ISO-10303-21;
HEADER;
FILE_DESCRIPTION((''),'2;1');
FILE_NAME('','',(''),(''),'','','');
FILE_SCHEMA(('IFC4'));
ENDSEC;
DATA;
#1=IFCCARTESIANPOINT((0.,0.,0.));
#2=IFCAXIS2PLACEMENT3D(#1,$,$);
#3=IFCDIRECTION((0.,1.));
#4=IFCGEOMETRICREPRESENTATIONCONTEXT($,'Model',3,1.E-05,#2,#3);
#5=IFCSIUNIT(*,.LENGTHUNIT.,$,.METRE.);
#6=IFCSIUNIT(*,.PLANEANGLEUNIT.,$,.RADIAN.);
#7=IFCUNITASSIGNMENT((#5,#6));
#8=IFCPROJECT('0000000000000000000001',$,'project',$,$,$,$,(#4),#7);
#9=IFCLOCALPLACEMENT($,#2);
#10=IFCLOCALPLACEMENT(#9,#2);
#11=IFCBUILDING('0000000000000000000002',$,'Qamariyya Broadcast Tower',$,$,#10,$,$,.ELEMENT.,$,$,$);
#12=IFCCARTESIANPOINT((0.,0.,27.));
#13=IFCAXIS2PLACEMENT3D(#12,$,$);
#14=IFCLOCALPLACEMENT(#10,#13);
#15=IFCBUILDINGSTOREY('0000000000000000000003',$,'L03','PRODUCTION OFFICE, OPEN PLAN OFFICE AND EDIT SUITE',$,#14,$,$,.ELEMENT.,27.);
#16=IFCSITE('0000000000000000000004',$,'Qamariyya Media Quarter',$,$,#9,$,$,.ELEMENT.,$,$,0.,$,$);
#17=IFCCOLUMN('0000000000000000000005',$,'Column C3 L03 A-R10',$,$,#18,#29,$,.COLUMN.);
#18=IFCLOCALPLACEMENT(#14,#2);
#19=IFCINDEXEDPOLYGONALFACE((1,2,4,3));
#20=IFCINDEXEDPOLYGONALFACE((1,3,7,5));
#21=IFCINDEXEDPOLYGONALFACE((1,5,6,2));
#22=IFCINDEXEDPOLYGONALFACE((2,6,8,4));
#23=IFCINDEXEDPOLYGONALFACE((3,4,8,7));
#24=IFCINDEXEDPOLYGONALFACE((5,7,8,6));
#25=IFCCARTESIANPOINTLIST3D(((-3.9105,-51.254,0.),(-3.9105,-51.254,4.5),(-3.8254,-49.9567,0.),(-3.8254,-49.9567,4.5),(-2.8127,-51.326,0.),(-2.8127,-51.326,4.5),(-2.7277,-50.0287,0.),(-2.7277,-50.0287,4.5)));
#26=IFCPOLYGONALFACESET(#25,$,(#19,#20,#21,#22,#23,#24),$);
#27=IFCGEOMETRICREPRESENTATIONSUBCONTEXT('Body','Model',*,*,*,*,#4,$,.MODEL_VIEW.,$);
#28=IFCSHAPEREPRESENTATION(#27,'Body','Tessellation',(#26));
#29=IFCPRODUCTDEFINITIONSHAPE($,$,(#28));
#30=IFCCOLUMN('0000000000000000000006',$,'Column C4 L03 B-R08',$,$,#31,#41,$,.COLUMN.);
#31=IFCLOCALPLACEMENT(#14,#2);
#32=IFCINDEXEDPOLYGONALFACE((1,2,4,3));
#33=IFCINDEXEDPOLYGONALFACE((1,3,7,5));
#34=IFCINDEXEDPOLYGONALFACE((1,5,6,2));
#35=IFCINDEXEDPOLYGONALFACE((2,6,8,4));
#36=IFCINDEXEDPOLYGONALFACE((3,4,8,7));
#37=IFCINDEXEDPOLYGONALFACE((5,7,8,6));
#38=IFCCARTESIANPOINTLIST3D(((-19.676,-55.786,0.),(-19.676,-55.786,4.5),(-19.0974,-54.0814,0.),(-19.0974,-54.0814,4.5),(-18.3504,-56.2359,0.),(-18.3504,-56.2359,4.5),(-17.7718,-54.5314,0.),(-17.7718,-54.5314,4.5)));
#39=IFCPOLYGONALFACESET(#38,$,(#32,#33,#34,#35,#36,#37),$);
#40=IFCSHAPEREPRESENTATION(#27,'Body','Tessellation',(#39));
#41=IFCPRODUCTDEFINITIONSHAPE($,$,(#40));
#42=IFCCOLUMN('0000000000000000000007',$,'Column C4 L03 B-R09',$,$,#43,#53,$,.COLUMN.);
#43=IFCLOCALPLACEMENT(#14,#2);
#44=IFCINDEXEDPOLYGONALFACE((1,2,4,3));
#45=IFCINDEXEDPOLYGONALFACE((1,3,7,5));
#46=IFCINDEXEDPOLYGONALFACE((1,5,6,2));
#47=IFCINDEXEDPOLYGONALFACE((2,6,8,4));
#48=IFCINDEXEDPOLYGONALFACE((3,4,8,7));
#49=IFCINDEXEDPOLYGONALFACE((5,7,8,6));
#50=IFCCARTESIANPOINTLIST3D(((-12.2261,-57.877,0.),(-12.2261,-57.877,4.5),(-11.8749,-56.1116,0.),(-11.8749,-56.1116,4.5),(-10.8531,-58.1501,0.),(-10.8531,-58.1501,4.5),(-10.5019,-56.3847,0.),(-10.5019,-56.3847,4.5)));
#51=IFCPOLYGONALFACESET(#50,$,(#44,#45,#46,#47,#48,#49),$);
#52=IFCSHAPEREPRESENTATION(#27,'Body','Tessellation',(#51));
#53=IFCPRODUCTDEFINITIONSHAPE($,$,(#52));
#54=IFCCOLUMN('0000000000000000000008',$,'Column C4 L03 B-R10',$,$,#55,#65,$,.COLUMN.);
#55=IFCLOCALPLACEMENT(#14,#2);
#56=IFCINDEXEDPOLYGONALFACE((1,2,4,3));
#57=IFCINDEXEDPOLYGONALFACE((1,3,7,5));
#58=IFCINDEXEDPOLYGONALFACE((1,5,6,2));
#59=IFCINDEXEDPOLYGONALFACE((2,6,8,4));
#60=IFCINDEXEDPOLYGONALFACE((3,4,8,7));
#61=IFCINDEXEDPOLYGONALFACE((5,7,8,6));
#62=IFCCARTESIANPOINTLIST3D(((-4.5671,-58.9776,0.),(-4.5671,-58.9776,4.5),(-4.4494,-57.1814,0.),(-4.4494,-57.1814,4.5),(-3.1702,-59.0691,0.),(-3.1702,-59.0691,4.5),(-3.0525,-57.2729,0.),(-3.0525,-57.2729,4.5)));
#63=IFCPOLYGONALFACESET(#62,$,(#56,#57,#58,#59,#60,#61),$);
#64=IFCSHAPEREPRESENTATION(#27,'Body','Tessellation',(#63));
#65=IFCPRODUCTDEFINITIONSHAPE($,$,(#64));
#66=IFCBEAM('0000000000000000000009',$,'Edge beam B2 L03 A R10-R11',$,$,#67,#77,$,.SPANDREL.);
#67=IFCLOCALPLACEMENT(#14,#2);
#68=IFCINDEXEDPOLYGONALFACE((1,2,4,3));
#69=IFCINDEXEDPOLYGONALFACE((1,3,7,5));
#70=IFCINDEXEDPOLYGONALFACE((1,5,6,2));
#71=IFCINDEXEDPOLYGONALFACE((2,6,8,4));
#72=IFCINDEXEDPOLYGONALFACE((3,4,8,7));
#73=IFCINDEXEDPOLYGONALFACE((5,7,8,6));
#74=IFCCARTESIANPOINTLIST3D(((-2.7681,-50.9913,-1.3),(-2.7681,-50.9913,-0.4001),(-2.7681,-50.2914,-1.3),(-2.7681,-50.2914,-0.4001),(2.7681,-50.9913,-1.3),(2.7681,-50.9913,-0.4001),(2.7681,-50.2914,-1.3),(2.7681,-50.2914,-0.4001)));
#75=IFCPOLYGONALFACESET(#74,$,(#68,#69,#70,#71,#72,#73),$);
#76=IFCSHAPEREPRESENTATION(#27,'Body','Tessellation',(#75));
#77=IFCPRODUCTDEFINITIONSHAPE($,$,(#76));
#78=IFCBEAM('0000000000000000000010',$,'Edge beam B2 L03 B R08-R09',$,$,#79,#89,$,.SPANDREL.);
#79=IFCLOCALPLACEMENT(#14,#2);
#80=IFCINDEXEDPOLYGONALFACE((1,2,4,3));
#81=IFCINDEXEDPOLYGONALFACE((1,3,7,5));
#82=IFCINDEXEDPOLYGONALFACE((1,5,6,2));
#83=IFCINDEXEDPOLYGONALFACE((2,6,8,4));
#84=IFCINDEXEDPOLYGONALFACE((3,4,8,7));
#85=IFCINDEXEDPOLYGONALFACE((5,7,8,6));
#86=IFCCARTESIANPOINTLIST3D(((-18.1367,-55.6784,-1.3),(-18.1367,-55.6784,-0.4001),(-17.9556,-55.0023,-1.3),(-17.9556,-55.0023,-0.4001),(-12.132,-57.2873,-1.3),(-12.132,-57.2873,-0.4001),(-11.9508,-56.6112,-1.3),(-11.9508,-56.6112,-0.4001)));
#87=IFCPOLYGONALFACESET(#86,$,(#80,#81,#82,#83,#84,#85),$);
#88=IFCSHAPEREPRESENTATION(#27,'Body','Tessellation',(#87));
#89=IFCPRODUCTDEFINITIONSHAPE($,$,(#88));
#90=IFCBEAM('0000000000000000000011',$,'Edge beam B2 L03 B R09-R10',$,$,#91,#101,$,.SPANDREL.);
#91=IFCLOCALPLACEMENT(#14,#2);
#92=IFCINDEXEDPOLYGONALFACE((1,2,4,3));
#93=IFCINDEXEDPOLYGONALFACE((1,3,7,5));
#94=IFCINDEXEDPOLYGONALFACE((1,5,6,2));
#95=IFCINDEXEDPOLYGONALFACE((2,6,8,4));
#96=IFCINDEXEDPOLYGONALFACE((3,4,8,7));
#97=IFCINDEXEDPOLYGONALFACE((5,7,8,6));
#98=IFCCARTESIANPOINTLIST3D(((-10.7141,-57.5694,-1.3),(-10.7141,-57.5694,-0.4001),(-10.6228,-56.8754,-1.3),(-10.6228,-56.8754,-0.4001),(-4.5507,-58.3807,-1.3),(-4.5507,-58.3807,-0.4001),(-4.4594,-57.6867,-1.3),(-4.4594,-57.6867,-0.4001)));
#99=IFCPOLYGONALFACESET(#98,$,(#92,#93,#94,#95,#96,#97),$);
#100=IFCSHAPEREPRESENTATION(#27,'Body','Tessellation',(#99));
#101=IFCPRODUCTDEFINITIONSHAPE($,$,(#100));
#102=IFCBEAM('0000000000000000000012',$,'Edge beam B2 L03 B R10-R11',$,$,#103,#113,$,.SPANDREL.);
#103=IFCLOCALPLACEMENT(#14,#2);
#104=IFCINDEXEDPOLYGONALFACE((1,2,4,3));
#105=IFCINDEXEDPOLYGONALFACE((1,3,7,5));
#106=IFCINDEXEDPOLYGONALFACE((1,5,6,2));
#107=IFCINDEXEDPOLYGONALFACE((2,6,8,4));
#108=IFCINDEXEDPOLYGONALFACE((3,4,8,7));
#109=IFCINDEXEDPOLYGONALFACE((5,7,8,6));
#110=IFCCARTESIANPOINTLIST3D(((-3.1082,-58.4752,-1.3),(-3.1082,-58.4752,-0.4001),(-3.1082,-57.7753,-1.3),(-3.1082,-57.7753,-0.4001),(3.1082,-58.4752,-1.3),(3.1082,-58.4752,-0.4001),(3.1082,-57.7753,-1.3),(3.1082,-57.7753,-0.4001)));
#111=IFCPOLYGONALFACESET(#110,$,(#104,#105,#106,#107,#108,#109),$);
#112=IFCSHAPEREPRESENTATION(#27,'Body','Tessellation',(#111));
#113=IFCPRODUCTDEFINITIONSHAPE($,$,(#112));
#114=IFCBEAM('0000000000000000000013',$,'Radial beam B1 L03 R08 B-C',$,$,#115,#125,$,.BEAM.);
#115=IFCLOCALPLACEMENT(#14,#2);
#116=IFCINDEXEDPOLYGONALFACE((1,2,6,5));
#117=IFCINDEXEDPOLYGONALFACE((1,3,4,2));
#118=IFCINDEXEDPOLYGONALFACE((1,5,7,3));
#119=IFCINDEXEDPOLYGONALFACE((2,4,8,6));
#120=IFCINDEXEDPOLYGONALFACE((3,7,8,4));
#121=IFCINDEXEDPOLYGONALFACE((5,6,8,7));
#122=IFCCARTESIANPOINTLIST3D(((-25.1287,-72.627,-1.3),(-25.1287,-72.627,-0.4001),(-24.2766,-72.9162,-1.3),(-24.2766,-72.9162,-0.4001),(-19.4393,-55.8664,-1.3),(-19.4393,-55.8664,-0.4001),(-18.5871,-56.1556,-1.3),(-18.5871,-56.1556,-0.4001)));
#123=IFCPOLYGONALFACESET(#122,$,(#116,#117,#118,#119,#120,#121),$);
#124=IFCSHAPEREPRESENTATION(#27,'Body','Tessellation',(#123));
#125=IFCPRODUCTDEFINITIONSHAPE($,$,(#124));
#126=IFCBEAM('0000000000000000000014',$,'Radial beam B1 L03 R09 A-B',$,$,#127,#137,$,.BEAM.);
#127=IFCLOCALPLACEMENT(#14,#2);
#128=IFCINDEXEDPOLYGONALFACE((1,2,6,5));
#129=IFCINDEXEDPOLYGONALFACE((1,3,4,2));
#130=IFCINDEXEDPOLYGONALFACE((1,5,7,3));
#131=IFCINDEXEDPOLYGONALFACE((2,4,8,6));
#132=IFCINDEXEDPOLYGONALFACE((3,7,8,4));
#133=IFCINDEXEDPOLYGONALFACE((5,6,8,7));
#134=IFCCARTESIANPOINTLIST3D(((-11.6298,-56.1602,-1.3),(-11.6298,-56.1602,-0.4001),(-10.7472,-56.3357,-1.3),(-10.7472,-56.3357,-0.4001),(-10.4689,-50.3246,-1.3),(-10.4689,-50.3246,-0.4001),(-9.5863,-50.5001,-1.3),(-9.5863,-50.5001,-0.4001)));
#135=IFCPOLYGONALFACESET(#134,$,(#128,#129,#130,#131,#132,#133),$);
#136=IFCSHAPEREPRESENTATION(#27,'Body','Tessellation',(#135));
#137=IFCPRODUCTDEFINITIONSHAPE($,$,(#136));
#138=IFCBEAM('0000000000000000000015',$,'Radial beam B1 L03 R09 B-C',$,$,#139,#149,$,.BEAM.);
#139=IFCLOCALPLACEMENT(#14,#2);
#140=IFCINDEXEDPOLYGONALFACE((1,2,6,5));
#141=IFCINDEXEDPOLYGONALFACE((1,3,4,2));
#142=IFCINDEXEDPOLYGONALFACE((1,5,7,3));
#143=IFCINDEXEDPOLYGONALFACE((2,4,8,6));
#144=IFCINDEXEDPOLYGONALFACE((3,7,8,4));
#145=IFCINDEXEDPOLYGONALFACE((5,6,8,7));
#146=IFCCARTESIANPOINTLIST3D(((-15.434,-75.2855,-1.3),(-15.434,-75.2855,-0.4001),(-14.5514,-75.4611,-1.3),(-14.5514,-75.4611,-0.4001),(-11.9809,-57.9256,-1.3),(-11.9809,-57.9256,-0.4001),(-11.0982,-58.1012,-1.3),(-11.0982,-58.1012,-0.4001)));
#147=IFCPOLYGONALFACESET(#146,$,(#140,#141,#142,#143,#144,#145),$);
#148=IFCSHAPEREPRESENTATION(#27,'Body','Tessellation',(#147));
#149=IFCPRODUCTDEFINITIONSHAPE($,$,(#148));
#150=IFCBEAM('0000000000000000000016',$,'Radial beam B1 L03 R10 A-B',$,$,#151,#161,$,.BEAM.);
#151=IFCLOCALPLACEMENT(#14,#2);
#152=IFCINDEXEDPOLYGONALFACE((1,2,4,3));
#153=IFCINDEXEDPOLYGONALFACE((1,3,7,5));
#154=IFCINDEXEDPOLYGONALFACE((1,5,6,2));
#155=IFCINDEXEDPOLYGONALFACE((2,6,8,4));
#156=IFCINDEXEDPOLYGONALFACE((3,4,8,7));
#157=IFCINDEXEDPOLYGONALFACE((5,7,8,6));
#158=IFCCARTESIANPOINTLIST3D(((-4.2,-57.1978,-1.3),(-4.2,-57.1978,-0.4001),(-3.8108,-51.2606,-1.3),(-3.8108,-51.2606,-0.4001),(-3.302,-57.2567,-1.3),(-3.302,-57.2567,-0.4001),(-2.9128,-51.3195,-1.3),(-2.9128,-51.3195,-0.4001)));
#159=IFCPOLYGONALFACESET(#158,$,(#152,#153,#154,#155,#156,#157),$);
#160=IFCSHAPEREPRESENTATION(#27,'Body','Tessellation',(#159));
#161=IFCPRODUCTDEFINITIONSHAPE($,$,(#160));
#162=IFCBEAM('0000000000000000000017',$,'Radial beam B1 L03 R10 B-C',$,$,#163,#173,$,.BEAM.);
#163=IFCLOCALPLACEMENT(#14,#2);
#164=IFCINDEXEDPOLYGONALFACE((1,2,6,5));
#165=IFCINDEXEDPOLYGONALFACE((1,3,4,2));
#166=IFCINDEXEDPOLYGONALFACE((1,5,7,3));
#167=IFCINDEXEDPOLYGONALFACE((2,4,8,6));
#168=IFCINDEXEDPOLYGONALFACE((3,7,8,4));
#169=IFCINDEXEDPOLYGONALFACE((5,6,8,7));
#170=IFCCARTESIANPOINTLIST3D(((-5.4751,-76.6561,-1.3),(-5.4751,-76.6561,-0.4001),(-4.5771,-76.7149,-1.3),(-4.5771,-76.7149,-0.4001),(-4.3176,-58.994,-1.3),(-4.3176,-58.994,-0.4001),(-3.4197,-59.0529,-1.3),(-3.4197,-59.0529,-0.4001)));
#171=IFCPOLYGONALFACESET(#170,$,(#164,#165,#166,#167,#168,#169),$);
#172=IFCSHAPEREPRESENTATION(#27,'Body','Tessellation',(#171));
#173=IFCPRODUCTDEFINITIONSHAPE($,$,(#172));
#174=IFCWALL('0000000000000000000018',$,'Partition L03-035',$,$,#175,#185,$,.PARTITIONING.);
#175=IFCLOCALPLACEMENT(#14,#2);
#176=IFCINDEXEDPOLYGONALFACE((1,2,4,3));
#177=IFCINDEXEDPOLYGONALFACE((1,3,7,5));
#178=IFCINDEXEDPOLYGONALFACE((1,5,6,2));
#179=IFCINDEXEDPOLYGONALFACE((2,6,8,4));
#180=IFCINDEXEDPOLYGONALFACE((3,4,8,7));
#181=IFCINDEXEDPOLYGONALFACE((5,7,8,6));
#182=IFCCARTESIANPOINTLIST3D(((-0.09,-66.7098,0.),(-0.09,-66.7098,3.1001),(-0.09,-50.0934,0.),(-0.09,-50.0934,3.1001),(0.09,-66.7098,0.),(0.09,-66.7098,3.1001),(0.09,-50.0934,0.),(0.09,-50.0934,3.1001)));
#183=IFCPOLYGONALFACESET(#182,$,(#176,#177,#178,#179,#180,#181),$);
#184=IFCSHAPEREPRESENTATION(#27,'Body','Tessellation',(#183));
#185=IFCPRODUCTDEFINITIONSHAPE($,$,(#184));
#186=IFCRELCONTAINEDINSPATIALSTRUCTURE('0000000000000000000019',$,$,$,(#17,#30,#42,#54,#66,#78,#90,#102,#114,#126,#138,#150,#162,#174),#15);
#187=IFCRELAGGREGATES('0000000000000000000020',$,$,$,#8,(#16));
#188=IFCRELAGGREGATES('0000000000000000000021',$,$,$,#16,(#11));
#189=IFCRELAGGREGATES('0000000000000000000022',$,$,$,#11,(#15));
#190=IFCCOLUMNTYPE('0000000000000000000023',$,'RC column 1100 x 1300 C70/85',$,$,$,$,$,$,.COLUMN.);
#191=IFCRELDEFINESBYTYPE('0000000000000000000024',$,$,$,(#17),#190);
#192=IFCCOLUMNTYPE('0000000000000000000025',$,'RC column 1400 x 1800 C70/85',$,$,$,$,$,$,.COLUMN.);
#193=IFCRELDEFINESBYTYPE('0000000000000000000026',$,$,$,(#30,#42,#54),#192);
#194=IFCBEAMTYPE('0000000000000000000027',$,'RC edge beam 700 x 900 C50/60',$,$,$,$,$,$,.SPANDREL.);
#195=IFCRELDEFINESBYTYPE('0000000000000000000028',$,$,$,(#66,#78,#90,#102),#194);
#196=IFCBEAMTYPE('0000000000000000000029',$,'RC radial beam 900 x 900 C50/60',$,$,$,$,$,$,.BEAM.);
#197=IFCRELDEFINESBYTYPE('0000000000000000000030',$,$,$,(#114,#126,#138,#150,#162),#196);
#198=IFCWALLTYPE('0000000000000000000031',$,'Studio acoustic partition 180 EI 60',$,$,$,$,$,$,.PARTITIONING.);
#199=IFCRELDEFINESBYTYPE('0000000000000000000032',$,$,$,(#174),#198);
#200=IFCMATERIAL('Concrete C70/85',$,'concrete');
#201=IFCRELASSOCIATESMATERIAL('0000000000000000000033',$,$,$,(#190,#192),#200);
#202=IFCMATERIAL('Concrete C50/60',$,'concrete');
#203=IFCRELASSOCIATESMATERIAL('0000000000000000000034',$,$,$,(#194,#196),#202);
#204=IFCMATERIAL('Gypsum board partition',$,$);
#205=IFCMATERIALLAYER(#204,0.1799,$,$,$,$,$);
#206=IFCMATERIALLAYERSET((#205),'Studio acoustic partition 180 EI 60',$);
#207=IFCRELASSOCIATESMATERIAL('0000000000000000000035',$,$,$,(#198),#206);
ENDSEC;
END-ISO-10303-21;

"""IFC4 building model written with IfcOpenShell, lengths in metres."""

from ifc_helpers import new_model, si_unit, direction, frame, frame_2d, origin, origin_2d, place, context, subcontext, project, spatial, rectangle, extrude, material, layer, layer_set, material_profile, profile_set, type_object, element, save


model = new_model("IFC4")

# Units and contexts
model_context = context("Model", 3, precision=1e-05, world=origin(), true_north=direction((0.0, 1.0)))
body_context = subcontext(model_context, "Body", "Model", "MODEL_VIEW")
ifc_project = project(units=[si_unit("LENGTHUNIT", "METRE"), si_unit("PLANEANGLEUNIT", "RADIAN")], contexts=[model_context])

# Site, building, storey
site_placement = place(None, origin())
site = spatial("IfcSite", under=ifc_project, at=site_placement, Name="Qamariyya Media Quarter", CompositionType="ELEMENT", RefElevation=0.0)
building_placement = place(site_placement, origin())
building = spatial("IfcBuilding", under=site, at=building_placement, Name="Qamariyya Broadcast Tower", CompositionType="ELEMENT")
storey_placement = place(building_placement, frame((0.0, 0.0, 27.0)))
storey = spatial("IfcBuildingStorey", under=building, at=storey_placement, Name="L03", Description="PRODUCTION OFFICE, OPEN PLAN OFFICE AND EDIT SUITE", CompositionType="ELEMENT", Elevation=27.0)

# Columns
ifc_material_1 = material(Name="Concrete C70/85", Category="concrete")
ifc_material_profile_1 = material_profile(ifc_material_1, rectangle(XDim=1.1001, YDim=1.3, at=origin_2d()))
ifc_profile_set_1 = profile_set([ifc_material_profile_1], Name="Concrete C70/85")
column_type_1 = type_object("IfcColumnType", Name="RC column 1100 x 1300 C70/85", PredefinedType="COLUMN", material=ifc_profile_set_1)
column_placement = place(storey_placement, frame((-3.3191, -50.6414, 0.0), z_axis=(0.0, 0.0, 1.0), x_axis=(0.997859, -0.065403, 0.0)))
element("IfcColumn", 1, at=column_placement, inside=storey, type_object=column_type_1, Name="Column C3 L03 A-R10", PredefinedType="COLUMN", context=body_context, shape_type="SweptSolid", body=[
    extrude(rectangle(XDim=1.1001, YDim=1.3, at=origin_2d()), origin(), (0.0, 0.0, 1.0), 4.5),
])
ifc_material_profile_2 = material_profile(ifc_material_1, rectangle(XDim=1.3999, YDim=1.8, at=origin_2d()))
ifc_profile_set_2 = profile_set([ifc_material_profile_2], Name="Concrete C70/85")
column_type_2 = type_object("IfcColumnType", Name="RC column 1400 x 1800 C70/85", PredefinedType="COLUMN", material=ifc_profile_set_2)
for number, where, z_axis, x_axis, name in (
    (2, (-18.7239, -55.1587, 0.0), (0.0, 0.0, 1.0), (0.94693, -0.321439, 0.0), "Column C4 L03 B-R08"),
    (3, (-11.364, -57.1309, 0.0), (0.0, 0.0, 1.0), (0.980785, -0.19509, 0.0), "Column C4 L03 B-R09"),
    (4, (-3.8098, -58.1252, 0.0), (0.0, 0.0, 1.0), (0.997859, -0.065403, 0.0), "Column C4 L03 B-R10"),
):
    element("IfcColumn", number, at=place(storey_placement, frame(where, z_axis=z_axis, x_axis=x_axis)), inside=storey, type_object=column_type_2, Name=name, PredefinedType="COLUMN", context=body_context, shape_type="SweptSolid", body=[
        extrude(rectangle(XDim=1.3999, YDim=1.8, at=origin_2d()), origin(), (0.0, 0.0, 1.0), 4.5),
    ])

# Beams
ifc_material_2 = material(Name="Concrete C50/60", Category="concrete")
ifc_material_profile_3 = material_profile(ifc_material_2, rectangle(XDim=0.7, YDim=0.8999, at=origin_2d()))
ifc_profile_set_3 = profile_set([ifc_material_profile_3], Name="Concrete C50/60")
beam_type_1 = type_object("IfcBeamType", Name="RC edge beam 700 x 900 C50/60", PredefinedType="SPANDREL", material=ifc_profile_set_3)
beam_1_placement = place(storey_placement, frame((-2.7681, -50.6414, -0.8501), z_axis=(1.0, 0.0, 0.0), x_axis=(0.0, 1.0, 0.0)))
element("IfcBeam", 5, at=beam_1_placement, inside=storey, type_object=beam_type_1, Name="Edge beam B2 L03 A R10-R11", PredefinedType="SPANDREL", context=body_context, shape_type="SweptSolid", body=[
    extrude(rectangle(XDim=0.7, YDim=0.8999, at=origin_2d()), origin(), (0.0, 0.0, 1.0), 5.5361),
])
for number, where, z_axis, x_axis, name in (
    (6, (-18.0461, -55.3403, -0.8501), (0.965928, -0.258811, 0.0), (0.258811, 0.965928, 0.0), "Edge beam B2 L03 B R08-R09"),
    (7, (-10.6685, -57.2224, -0.8501), (0.991448, -0.130504, 0.0), (0.130504, 0.991448, 0.0), "Edge beam B2 L03 B R09-R10"),
):
    element("IfcBeam", number, at=place(storey_placement, frame(where, z_axis=z_axis, x_axis=x_axis)), inside=storey, type_object=beam_type_1, Name=name, PredefinedType="SPANDREL", context=body_context, shape_type="SweptSolid", body=[
        extrude(rectangle(XDim=0.7, YDim=0.8999, at=origin_2d()), origin(), (0.0, 0.0, 1.0), 6.2166),
    ])
beam_2_placement = place(storey_placement, frame((-3.1082, -58.1252, -0.8501), z_axis=(1.0, 0.0, 0.0), x_axis=(0.0, 1.0, 0.0)))
element("IfcBeam", 8, at=beam_2_placement, inside=storey, type_object=beam_type_1, Name="Edge beam B2 L03 B R10-R11", PredefinedType="SPANDREL", context=body_context, shape_type="SweptSolid", body=[
    extrude(rectangle(XDim=0.7, YDim=0.8999, at=origin_2d()), origin(), (0.0, 0.0, 1.0), 6.2163),
])
ifc_material_profile_4 = material_profile(ifc_material_2, rectangle(XDim=0.8999, YDim=0.8999, at=origin_2d()))
ifc_profile_set_4 = profile_set([ifc_material_profile_4], Name="Concrete C50/60")
beam_type_2 = type_object("IfcBeamType", Name="RC radial beam 900 x 900 C50/60", PredefinedType="BEAM", material=ifc_profile_set_4)
beam_3_placement = place(storey_placement, frame((-19.0132, -56.011, -0.8501), z_axis=(-0.321441, -0.94693, 0.0), x_axis=(0.94693, -0.321441, 0.0)))
element("IfcBeam", 9, at=beam_3_placement, inside=storey, type_object=beam_type_2, Name="Radial beam B1 L03 R08 B-C", PredefinedType="BEAM", context=body_context, shape_type="SweptSolid", body=[
    extrude(rectangle(XDim=0.8999, YDim=0.8999, at=origin_2d()), origin(), (0.0, 0.0, 1.0), 17.7),
])
beam_4_placement = place(storey_placement, frame((-10.0276, -50.4124, -0.8501), z_axis=(-0.195106, -0.980782, 0.0), x_axis=(0.980782, -0.195106, 0.0)))
element("IfcBeam", 10, at=beam_4_placement, inside=storey, type_object=beam_type_2, Name="Radial beam B1 L03 R09 A-B", PredefinedType="BEAM", context=body_context, shape_type="SweptSolid", body=[
    extrude(rectangle(XDim=0.8999, YDim=0.8999, at=origin_2d()), origin(), (0.0, 0.0, 1.0), 5.95),
])
beam_5_placement = place(storey_placement, frame((-11.5396, -58.0134, -0.8501), z_axis=(-0.195092, -0.980785, 0.0), x_axis=(0.980785, -0.195092, 0.0)))
element("IfcBeam", 11, at=beam_5_placement, inside=storey, type_object=beam_type_2, Name="Radial beam B1 L03 R09 B-C", PredefinedType="BEAM", context=body_context, shape_type="SweptSolid", body=[
    extrude(rectangle(XDim=0.8999, YDim=0.8999, at=origin_2d()), origin(), (0.0, 0.0, 1.0), 17.7),
])
beam_6_placement = place(storey_placement, frame((-3.3618, -51.29, -0.8501), z_axis=(-0.065405, -0.997859, 0.0), x_axis=(0.997859, -0.065405, 0.0)))
element("IfcBeam", 12, at=beam_6_placement, inside=storey, type_object=beam_type_2, Name="Radial beam B1 L03 R10 A-B", PredefinedType="BEAM", context=body_context, shape_type="SweptSolid", body=[
    extrude(rectangle(XDim=0.8999, YDim=0.8999, at=origin_2d()), origin(), (0.0, 0.0, 1.0), 5.95),
])
beam_7_placement = place(storey_placement, frame((-3.8687, -59.0234, -0.8501), z_axis=(-0.065394, -0.99786, 0.0), x_axis=(0.99786, -0.065394, 0.0)))
element("IfcBeam", 13, at=beam_7_placement, inside=storey, type_object=beam_type_2, Name="Radial beam B1 L03 R10 B-C", PredefinedType="BEAM", context=body_context, shape_type="SweptSolid", body=[
    extrude(rectangle(XDim=0.8999, YDim=0.8999, at=origin_2d()), origin(), (0.0, 0.0, 1.0), 17.7),
])

# Wall
ifc_material_3 = material(Name="Gypsum board partition")
ifc_layer = layer(ifc_material_3, 0.1799)
ifc_layer_set = layer_set([ifc_layer], Name="Studio acoustic partition 180 EI 60")
wall_type = type_object("IfcWallType", Name="Studio acoustic partition 180 EI 60", PredefinedType="PARTITIONING", material=ifc_layer_set)
wall_placement = place(storey_placement, frame((0.0, -50.0935, 0.0), z_axis=(0.0, 0.0, 1.0), x_axis=(0.0, -1.0, 0.0)))
element("IfcWall", 14, at=wall_placement, inside=storey, type_object=wall_type, Name="Partition L03-035", PredefinedType="PARTITIONING", context=body_context, shape_type="SweptSolid", body=[
    extrude(rectangle(XDim=16.6165, YDim=0.1799, at=frame_2d((8.3081, 0.0))), origin(), (0.0, 0.0, 1.0), 3.1001),
])

save(model, "model.ifc")
